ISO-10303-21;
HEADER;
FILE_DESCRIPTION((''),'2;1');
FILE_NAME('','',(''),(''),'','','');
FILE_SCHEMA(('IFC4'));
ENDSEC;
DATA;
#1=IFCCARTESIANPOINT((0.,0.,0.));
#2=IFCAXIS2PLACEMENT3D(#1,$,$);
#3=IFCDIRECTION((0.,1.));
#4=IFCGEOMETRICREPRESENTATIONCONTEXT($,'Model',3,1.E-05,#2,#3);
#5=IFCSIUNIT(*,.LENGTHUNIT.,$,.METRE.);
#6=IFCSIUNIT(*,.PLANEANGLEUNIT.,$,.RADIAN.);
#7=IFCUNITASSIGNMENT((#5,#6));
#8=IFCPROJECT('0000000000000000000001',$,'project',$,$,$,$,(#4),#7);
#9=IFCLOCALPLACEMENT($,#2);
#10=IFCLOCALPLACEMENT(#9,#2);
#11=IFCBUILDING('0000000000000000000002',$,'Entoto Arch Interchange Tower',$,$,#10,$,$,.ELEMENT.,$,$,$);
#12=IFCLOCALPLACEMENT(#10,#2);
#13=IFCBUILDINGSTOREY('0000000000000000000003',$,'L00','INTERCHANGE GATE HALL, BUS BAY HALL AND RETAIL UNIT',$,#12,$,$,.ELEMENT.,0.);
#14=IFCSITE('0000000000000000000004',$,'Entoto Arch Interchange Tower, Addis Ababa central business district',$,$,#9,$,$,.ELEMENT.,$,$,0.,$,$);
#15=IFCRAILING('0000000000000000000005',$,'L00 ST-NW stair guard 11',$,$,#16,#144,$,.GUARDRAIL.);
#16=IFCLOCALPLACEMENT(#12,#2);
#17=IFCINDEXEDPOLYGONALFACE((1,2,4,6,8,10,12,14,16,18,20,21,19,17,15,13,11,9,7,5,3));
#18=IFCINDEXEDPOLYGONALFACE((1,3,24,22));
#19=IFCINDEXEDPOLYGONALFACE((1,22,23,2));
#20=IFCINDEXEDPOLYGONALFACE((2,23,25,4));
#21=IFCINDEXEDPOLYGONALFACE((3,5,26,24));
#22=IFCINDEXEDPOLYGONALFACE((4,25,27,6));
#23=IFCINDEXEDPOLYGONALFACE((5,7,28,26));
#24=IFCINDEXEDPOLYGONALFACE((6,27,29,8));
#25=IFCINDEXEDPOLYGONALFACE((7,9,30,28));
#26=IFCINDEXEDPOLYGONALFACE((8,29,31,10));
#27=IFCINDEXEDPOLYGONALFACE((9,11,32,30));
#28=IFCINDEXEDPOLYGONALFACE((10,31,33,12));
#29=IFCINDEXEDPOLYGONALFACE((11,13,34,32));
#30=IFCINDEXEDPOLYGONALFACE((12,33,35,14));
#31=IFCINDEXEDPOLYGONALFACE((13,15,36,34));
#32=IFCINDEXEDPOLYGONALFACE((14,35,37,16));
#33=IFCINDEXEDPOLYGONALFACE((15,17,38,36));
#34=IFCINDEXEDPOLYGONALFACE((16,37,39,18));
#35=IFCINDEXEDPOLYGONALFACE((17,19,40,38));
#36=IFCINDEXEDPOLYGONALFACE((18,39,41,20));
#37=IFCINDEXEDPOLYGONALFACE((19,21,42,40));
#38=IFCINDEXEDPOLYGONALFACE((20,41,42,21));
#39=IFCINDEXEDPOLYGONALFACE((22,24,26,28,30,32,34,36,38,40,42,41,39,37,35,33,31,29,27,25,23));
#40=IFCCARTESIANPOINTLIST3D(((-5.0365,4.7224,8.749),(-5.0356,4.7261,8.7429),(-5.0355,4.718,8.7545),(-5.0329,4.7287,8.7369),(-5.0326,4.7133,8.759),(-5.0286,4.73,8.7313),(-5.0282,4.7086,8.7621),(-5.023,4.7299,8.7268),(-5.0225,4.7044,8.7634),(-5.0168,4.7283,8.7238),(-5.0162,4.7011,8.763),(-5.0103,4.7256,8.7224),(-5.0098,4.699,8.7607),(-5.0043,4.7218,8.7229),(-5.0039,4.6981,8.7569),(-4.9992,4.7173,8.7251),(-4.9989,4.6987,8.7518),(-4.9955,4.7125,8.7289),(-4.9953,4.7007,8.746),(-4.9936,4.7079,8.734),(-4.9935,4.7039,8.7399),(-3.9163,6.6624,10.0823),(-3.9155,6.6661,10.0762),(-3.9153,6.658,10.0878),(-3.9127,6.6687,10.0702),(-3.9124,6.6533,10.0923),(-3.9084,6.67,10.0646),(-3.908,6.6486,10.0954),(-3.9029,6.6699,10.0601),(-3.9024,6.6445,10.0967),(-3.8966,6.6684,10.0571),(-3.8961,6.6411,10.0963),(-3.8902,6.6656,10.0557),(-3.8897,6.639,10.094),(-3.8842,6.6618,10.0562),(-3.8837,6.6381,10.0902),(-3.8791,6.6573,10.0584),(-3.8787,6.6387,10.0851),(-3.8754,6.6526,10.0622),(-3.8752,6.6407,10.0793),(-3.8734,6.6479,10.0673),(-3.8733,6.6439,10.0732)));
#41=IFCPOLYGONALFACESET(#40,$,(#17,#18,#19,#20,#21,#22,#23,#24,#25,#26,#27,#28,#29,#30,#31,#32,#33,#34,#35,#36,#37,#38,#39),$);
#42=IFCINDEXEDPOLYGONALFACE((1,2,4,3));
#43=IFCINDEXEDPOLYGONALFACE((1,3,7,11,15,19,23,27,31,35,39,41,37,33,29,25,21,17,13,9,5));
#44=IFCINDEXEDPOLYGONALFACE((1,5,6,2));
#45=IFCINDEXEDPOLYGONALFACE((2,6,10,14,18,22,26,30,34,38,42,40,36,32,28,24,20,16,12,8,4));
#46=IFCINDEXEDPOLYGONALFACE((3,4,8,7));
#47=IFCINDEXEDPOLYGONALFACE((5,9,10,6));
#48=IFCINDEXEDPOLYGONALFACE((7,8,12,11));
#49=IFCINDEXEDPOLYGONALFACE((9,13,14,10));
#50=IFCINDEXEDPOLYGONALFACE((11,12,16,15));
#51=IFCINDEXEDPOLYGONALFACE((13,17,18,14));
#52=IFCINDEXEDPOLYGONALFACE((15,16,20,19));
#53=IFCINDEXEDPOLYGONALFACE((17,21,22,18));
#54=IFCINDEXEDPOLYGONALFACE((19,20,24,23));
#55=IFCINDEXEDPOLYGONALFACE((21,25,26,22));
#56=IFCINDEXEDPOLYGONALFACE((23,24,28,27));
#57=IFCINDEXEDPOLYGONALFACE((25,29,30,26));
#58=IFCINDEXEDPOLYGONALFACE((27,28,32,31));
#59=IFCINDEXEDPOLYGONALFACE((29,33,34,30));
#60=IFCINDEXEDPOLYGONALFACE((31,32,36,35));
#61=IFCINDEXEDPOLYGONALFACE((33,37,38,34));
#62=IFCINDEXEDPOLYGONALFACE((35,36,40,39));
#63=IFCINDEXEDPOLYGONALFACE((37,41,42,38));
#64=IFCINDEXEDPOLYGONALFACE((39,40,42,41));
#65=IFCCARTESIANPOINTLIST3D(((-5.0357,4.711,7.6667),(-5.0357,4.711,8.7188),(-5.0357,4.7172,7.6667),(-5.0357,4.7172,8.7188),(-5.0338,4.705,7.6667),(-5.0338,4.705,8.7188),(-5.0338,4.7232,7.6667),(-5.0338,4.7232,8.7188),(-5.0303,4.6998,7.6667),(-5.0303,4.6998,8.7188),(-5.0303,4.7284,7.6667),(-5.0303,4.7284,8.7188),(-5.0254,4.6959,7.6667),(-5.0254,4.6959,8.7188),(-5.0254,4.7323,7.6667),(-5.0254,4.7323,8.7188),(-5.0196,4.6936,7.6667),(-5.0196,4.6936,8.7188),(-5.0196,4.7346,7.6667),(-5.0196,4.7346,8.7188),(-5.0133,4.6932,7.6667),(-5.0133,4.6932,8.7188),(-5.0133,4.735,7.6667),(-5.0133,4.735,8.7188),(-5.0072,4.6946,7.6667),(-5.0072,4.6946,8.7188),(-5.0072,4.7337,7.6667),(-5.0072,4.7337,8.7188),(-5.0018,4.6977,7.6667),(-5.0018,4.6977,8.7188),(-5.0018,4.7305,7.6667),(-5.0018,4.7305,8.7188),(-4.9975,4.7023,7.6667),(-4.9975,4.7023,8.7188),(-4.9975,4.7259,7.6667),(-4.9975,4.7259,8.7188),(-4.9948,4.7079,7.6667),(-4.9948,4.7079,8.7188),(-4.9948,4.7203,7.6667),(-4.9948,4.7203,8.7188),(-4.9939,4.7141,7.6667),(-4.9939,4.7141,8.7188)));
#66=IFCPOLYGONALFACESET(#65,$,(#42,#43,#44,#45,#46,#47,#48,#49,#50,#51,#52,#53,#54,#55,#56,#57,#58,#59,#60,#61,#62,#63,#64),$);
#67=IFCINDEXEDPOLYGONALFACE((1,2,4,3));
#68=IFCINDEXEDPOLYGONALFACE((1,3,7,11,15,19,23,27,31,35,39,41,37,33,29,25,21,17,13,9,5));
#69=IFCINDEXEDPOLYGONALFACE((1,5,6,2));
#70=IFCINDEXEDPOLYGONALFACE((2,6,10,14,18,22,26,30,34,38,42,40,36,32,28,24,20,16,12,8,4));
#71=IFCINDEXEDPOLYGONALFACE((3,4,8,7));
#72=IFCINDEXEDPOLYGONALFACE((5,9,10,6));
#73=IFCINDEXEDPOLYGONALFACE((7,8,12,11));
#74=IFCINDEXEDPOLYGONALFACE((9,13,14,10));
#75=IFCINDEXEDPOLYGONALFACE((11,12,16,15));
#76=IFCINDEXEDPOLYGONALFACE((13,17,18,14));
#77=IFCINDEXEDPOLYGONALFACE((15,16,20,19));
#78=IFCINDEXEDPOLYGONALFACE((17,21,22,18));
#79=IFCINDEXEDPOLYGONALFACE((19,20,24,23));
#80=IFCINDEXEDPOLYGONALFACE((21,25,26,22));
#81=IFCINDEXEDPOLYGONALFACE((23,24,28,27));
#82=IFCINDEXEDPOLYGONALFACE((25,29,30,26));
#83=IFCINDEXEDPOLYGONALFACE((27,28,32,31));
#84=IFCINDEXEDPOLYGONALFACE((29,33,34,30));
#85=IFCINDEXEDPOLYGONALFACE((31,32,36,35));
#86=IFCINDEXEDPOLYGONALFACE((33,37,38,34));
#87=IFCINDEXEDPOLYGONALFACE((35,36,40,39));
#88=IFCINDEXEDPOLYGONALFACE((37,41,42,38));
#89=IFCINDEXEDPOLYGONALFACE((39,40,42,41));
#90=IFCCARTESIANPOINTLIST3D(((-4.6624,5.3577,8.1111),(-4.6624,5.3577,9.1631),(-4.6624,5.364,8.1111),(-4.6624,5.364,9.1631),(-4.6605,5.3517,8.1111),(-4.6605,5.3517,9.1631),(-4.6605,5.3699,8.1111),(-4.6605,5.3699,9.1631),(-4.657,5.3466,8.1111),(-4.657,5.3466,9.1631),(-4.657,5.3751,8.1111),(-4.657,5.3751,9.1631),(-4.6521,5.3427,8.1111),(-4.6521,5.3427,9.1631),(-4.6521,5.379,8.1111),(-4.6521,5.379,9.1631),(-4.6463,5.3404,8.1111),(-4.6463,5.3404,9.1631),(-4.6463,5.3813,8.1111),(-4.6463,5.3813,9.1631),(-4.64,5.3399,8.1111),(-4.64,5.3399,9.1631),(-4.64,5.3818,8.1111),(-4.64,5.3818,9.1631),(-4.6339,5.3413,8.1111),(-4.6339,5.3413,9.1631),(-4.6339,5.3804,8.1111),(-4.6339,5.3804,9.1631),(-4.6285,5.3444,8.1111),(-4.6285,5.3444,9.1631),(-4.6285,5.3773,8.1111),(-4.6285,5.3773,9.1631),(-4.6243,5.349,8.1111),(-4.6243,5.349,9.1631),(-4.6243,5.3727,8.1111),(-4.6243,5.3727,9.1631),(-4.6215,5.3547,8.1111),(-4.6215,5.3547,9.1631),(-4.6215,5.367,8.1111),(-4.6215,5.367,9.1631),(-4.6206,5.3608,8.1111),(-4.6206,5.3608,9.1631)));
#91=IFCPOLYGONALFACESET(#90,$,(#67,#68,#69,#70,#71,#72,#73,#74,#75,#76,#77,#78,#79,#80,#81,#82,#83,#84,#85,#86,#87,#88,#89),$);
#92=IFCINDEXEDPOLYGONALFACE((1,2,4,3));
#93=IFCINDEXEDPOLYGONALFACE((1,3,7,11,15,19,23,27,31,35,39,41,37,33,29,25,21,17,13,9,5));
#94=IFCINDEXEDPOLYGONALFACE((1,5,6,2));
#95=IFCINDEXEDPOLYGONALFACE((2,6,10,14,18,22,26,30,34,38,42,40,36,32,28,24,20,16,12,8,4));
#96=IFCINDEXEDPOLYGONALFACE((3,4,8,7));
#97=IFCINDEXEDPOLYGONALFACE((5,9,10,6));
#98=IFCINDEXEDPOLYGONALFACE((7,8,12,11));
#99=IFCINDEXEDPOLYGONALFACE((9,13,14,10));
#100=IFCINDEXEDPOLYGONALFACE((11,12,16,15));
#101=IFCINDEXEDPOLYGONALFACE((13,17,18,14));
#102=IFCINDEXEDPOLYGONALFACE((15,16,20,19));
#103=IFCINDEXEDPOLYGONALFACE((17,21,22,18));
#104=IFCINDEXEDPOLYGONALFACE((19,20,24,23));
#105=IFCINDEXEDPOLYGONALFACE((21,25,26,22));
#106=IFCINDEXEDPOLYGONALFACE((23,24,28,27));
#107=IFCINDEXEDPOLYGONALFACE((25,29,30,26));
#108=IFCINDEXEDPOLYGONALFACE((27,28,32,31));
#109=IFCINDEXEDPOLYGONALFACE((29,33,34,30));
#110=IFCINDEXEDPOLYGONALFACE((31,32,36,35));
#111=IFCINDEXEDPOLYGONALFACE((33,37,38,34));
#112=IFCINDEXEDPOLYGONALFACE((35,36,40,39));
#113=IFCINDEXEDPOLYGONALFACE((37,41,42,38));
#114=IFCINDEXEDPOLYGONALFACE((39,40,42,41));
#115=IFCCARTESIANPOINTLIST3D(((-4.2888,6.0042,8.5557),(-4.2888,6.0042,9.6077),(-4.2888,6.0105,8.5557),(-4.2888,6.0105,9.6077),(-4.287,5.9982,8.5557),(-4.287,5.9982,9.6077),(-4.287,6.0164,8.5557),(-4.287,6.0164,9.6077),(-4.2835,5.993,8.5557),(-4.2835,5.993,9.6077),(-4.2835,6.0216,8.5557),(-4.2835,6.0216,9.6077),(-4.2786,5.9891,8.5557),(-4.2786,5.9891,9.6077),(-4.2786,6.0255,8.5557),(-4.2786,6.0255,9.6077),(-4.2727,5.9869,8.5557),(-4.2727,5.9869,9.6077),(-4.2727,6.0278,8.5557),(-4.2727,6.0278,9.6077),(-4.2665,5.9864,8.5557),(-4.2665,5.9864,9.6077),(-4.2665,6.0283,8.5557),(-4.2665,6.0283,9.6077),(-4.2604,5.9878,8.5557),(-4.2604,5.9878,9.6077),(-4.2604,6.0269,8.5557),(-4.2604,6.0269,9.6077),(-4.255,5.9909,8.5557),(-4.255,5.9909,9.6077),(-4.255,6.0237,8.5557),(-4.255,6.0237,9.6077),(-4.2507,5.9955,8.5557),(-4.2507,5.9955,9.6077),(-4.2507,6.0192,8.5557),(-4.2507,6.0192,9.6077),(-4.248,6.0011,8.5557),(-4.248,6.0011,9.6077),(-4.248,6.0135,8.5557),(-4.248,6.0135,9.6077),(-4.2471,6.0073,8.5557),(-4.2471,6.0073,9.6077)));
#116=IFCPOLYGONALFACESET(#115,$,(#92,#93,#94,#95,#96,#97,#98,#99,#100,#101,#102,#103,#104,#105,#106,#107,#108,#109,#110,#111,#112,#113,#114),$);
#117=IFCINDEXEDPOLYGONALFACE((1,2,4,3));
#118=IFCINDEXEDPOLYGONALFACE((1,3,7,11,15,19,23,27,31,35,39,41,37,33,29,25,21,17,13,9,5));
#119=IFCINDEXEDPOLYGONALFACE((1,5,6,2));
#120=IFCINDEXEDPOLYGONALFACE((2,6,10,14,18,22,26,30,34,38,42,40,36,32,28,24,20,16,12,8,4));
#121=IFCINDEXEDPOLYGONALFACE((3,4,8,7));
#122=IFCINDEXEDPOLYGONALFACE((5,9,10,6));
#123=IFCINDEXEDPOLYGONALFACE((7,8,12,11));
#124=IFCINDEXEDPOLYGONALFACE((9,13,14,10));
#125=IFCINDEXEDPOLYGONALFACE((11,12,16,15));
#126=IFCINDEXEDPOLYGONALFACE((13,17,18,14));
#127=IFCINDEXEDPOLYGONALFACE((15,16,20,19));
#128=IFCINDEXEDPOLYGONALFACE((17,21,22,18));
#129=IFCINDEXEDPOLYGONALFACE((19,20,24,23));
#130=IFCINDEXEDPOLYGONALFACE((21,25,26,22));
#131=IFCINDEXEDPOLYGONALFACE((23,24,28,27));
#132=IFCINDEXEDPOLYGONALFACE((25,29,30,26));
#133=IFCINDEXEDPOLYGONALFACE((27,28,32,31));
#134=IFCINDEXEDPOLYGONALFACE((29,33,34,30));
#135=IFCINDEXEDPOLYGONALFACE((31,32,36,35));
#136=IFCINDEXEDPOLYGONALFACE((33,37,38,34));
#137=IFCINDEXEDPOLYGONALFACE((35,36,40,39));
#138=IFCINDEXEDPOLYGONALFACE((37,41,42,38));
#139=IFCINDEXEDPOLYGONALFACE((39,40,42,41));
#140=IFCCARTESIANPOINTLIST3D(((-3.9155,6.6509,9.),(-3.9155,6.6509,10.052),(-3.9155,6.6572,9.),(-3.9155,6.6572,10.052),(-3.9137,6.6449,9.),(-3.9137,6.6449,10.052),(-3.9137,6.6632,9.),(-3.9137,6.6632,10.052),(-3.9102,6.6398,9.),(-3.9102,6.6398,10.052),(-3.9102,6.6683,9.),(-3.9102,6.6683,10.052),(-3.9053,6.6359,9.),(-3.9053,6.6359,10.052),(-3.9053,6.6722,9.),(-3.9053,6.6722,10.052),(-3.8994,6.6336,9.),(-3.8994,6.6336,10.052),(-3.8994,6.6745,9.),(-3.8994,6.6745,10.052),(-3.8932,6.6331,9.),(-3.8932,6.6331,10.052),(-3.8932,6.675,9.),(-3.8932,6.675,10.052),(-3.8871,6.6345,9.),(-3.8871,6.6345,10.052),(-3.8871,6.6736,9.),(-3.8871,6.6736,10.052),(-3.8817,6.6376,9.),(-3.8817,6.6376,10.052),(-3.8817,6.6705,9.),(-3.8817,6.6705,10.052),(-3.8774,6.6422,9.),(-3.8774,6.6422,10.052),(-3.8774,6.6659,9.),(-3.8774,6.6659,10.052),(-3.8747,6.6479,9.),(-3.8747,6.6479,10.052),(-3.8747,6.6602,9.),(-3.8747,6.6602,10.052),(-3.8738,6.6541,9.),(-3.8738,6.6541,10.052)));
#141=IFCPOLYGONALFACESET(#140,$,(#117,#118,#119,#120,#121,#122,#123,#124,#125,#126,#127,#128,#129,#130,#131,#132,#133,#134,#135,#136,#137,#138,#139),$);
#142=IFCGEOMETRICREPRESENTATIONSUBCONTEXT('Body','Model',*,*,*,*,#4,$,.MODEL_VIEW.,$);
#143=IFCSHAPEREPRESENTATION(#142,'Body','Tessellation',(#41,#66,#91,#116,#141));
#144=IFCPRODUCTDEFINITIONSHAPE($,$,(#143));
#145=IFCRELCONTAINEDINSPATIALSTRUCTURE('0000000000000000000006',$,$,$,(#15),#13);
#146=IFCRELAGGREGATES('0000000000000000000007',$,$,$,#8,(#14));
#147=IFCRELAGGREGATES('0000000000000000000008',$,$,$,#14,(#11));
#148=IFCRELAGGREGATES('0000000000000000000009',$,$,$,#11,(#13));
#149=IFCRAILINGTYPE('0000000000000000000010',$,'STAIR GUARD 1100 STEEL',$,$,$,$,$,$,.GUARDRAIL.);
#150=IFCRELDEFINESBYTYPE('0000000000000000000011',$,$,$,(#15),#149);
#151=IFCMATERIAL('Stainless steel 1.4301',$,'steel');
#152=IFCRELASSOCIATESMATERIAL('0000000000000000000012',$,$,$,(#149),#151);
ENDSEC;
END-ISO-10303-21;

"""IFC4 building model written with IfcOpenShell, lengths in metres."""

from ifc_helpers import new_model, si_unit, direction, frame, origin, origin_2d, place, context, subcontext, project, spatial, circle, extrude, material, type_object, element, save


model = new_model("IFC4")

# Units and contexts
model_context = context("Model", 3, precision=1e-05, world=origin(), true_north=direction((0.0, 1.0)))
body_context = subcontext(model_context, "Body", "Model", "MODEL_VIEW")
ifc_project = project(units=[si_unit("LENGTHUNIT", "METRE"), si_unit("PLANEANGLEUNIT", "RADIAN")], contexts=[model_context])

# Site, building, storey
site_placement = place(None, origin())
site = spatial("IfcSite", under=ifc_project, at=site_placement, Name="Entoto Arch Interchange Tower, Addis Ababa central business district", CompositionType="ELEMENT", RefElevation=0.0)
building_placement = place(site_placement, origin())
building = spatial("IfcBuilding", under=site, at=building_placement, Name="Entoto Arch Interchange Tower", CompositionType="ELEMENT")
storey_placement = place(building_placement, origin())
storey = spatial("IfcBuildingStorey", under=building, at=storey_placement, Name="L00", Description="INTERCHANGE GATE HALL, BUS BAY HALL AND RETAIL UNIT", CompositionType="ELEMENT", Elevation=0.0)

# Railing
ifc_material_1 = material(Name="Stainless steel 1.4301", Category="steel")
railing_type_1 = type_object("IfcRailingType", Name="STAIR GUARD 1100 STEEL", PredefinedType="GUARDRAIL", material=ifc_material_1)
railing_1_placement = place(storey_placement, frame((-5.0149, 4.7141, 7.6667)))
element("IfcRailing", 1, at=railing_1_placement, inside=storey, type_object=railing_type_1, Name="L00 ST-NW stair guard 11", PredefinedType="GUARDRAIL", context=body_context, shape_type="SweptSolid", body=[
    extrude(circle(Radius=0.0239, at=origin_2d()), frame((0.0, 0.0, 1.0762), z_axis=(0.429684, 0.744175, 0.511444), x_axis=(-0.866008, 0.500031, 0.0)), (0.0, 0.0, 1.0), 2.6069),
    extrude(circle(Radius=0.021, at=origin_2d()), origin(), (0.0, 0.0, 1.0), 1.052),
    extrude(circle(Radius=0.021, at=origin_2d()), frame((0.3733, 0.6467, 0.4443)), (0.0, 0.0, 1.0), 1.052),
    extrude(circle(Radius=0.021, at=origin_2d()), frame((0.7468, 1.2932, 0.8889)), (0.0, 0.0, 1.0), 1.052),
    extrude(circle(Radius=0.021, at=origin_2d()), frame((1.1201, 1.9399, 1.3333)), (0.0, 0.0, 1.0), 1.052),
])

save(model, "model.ifc")
